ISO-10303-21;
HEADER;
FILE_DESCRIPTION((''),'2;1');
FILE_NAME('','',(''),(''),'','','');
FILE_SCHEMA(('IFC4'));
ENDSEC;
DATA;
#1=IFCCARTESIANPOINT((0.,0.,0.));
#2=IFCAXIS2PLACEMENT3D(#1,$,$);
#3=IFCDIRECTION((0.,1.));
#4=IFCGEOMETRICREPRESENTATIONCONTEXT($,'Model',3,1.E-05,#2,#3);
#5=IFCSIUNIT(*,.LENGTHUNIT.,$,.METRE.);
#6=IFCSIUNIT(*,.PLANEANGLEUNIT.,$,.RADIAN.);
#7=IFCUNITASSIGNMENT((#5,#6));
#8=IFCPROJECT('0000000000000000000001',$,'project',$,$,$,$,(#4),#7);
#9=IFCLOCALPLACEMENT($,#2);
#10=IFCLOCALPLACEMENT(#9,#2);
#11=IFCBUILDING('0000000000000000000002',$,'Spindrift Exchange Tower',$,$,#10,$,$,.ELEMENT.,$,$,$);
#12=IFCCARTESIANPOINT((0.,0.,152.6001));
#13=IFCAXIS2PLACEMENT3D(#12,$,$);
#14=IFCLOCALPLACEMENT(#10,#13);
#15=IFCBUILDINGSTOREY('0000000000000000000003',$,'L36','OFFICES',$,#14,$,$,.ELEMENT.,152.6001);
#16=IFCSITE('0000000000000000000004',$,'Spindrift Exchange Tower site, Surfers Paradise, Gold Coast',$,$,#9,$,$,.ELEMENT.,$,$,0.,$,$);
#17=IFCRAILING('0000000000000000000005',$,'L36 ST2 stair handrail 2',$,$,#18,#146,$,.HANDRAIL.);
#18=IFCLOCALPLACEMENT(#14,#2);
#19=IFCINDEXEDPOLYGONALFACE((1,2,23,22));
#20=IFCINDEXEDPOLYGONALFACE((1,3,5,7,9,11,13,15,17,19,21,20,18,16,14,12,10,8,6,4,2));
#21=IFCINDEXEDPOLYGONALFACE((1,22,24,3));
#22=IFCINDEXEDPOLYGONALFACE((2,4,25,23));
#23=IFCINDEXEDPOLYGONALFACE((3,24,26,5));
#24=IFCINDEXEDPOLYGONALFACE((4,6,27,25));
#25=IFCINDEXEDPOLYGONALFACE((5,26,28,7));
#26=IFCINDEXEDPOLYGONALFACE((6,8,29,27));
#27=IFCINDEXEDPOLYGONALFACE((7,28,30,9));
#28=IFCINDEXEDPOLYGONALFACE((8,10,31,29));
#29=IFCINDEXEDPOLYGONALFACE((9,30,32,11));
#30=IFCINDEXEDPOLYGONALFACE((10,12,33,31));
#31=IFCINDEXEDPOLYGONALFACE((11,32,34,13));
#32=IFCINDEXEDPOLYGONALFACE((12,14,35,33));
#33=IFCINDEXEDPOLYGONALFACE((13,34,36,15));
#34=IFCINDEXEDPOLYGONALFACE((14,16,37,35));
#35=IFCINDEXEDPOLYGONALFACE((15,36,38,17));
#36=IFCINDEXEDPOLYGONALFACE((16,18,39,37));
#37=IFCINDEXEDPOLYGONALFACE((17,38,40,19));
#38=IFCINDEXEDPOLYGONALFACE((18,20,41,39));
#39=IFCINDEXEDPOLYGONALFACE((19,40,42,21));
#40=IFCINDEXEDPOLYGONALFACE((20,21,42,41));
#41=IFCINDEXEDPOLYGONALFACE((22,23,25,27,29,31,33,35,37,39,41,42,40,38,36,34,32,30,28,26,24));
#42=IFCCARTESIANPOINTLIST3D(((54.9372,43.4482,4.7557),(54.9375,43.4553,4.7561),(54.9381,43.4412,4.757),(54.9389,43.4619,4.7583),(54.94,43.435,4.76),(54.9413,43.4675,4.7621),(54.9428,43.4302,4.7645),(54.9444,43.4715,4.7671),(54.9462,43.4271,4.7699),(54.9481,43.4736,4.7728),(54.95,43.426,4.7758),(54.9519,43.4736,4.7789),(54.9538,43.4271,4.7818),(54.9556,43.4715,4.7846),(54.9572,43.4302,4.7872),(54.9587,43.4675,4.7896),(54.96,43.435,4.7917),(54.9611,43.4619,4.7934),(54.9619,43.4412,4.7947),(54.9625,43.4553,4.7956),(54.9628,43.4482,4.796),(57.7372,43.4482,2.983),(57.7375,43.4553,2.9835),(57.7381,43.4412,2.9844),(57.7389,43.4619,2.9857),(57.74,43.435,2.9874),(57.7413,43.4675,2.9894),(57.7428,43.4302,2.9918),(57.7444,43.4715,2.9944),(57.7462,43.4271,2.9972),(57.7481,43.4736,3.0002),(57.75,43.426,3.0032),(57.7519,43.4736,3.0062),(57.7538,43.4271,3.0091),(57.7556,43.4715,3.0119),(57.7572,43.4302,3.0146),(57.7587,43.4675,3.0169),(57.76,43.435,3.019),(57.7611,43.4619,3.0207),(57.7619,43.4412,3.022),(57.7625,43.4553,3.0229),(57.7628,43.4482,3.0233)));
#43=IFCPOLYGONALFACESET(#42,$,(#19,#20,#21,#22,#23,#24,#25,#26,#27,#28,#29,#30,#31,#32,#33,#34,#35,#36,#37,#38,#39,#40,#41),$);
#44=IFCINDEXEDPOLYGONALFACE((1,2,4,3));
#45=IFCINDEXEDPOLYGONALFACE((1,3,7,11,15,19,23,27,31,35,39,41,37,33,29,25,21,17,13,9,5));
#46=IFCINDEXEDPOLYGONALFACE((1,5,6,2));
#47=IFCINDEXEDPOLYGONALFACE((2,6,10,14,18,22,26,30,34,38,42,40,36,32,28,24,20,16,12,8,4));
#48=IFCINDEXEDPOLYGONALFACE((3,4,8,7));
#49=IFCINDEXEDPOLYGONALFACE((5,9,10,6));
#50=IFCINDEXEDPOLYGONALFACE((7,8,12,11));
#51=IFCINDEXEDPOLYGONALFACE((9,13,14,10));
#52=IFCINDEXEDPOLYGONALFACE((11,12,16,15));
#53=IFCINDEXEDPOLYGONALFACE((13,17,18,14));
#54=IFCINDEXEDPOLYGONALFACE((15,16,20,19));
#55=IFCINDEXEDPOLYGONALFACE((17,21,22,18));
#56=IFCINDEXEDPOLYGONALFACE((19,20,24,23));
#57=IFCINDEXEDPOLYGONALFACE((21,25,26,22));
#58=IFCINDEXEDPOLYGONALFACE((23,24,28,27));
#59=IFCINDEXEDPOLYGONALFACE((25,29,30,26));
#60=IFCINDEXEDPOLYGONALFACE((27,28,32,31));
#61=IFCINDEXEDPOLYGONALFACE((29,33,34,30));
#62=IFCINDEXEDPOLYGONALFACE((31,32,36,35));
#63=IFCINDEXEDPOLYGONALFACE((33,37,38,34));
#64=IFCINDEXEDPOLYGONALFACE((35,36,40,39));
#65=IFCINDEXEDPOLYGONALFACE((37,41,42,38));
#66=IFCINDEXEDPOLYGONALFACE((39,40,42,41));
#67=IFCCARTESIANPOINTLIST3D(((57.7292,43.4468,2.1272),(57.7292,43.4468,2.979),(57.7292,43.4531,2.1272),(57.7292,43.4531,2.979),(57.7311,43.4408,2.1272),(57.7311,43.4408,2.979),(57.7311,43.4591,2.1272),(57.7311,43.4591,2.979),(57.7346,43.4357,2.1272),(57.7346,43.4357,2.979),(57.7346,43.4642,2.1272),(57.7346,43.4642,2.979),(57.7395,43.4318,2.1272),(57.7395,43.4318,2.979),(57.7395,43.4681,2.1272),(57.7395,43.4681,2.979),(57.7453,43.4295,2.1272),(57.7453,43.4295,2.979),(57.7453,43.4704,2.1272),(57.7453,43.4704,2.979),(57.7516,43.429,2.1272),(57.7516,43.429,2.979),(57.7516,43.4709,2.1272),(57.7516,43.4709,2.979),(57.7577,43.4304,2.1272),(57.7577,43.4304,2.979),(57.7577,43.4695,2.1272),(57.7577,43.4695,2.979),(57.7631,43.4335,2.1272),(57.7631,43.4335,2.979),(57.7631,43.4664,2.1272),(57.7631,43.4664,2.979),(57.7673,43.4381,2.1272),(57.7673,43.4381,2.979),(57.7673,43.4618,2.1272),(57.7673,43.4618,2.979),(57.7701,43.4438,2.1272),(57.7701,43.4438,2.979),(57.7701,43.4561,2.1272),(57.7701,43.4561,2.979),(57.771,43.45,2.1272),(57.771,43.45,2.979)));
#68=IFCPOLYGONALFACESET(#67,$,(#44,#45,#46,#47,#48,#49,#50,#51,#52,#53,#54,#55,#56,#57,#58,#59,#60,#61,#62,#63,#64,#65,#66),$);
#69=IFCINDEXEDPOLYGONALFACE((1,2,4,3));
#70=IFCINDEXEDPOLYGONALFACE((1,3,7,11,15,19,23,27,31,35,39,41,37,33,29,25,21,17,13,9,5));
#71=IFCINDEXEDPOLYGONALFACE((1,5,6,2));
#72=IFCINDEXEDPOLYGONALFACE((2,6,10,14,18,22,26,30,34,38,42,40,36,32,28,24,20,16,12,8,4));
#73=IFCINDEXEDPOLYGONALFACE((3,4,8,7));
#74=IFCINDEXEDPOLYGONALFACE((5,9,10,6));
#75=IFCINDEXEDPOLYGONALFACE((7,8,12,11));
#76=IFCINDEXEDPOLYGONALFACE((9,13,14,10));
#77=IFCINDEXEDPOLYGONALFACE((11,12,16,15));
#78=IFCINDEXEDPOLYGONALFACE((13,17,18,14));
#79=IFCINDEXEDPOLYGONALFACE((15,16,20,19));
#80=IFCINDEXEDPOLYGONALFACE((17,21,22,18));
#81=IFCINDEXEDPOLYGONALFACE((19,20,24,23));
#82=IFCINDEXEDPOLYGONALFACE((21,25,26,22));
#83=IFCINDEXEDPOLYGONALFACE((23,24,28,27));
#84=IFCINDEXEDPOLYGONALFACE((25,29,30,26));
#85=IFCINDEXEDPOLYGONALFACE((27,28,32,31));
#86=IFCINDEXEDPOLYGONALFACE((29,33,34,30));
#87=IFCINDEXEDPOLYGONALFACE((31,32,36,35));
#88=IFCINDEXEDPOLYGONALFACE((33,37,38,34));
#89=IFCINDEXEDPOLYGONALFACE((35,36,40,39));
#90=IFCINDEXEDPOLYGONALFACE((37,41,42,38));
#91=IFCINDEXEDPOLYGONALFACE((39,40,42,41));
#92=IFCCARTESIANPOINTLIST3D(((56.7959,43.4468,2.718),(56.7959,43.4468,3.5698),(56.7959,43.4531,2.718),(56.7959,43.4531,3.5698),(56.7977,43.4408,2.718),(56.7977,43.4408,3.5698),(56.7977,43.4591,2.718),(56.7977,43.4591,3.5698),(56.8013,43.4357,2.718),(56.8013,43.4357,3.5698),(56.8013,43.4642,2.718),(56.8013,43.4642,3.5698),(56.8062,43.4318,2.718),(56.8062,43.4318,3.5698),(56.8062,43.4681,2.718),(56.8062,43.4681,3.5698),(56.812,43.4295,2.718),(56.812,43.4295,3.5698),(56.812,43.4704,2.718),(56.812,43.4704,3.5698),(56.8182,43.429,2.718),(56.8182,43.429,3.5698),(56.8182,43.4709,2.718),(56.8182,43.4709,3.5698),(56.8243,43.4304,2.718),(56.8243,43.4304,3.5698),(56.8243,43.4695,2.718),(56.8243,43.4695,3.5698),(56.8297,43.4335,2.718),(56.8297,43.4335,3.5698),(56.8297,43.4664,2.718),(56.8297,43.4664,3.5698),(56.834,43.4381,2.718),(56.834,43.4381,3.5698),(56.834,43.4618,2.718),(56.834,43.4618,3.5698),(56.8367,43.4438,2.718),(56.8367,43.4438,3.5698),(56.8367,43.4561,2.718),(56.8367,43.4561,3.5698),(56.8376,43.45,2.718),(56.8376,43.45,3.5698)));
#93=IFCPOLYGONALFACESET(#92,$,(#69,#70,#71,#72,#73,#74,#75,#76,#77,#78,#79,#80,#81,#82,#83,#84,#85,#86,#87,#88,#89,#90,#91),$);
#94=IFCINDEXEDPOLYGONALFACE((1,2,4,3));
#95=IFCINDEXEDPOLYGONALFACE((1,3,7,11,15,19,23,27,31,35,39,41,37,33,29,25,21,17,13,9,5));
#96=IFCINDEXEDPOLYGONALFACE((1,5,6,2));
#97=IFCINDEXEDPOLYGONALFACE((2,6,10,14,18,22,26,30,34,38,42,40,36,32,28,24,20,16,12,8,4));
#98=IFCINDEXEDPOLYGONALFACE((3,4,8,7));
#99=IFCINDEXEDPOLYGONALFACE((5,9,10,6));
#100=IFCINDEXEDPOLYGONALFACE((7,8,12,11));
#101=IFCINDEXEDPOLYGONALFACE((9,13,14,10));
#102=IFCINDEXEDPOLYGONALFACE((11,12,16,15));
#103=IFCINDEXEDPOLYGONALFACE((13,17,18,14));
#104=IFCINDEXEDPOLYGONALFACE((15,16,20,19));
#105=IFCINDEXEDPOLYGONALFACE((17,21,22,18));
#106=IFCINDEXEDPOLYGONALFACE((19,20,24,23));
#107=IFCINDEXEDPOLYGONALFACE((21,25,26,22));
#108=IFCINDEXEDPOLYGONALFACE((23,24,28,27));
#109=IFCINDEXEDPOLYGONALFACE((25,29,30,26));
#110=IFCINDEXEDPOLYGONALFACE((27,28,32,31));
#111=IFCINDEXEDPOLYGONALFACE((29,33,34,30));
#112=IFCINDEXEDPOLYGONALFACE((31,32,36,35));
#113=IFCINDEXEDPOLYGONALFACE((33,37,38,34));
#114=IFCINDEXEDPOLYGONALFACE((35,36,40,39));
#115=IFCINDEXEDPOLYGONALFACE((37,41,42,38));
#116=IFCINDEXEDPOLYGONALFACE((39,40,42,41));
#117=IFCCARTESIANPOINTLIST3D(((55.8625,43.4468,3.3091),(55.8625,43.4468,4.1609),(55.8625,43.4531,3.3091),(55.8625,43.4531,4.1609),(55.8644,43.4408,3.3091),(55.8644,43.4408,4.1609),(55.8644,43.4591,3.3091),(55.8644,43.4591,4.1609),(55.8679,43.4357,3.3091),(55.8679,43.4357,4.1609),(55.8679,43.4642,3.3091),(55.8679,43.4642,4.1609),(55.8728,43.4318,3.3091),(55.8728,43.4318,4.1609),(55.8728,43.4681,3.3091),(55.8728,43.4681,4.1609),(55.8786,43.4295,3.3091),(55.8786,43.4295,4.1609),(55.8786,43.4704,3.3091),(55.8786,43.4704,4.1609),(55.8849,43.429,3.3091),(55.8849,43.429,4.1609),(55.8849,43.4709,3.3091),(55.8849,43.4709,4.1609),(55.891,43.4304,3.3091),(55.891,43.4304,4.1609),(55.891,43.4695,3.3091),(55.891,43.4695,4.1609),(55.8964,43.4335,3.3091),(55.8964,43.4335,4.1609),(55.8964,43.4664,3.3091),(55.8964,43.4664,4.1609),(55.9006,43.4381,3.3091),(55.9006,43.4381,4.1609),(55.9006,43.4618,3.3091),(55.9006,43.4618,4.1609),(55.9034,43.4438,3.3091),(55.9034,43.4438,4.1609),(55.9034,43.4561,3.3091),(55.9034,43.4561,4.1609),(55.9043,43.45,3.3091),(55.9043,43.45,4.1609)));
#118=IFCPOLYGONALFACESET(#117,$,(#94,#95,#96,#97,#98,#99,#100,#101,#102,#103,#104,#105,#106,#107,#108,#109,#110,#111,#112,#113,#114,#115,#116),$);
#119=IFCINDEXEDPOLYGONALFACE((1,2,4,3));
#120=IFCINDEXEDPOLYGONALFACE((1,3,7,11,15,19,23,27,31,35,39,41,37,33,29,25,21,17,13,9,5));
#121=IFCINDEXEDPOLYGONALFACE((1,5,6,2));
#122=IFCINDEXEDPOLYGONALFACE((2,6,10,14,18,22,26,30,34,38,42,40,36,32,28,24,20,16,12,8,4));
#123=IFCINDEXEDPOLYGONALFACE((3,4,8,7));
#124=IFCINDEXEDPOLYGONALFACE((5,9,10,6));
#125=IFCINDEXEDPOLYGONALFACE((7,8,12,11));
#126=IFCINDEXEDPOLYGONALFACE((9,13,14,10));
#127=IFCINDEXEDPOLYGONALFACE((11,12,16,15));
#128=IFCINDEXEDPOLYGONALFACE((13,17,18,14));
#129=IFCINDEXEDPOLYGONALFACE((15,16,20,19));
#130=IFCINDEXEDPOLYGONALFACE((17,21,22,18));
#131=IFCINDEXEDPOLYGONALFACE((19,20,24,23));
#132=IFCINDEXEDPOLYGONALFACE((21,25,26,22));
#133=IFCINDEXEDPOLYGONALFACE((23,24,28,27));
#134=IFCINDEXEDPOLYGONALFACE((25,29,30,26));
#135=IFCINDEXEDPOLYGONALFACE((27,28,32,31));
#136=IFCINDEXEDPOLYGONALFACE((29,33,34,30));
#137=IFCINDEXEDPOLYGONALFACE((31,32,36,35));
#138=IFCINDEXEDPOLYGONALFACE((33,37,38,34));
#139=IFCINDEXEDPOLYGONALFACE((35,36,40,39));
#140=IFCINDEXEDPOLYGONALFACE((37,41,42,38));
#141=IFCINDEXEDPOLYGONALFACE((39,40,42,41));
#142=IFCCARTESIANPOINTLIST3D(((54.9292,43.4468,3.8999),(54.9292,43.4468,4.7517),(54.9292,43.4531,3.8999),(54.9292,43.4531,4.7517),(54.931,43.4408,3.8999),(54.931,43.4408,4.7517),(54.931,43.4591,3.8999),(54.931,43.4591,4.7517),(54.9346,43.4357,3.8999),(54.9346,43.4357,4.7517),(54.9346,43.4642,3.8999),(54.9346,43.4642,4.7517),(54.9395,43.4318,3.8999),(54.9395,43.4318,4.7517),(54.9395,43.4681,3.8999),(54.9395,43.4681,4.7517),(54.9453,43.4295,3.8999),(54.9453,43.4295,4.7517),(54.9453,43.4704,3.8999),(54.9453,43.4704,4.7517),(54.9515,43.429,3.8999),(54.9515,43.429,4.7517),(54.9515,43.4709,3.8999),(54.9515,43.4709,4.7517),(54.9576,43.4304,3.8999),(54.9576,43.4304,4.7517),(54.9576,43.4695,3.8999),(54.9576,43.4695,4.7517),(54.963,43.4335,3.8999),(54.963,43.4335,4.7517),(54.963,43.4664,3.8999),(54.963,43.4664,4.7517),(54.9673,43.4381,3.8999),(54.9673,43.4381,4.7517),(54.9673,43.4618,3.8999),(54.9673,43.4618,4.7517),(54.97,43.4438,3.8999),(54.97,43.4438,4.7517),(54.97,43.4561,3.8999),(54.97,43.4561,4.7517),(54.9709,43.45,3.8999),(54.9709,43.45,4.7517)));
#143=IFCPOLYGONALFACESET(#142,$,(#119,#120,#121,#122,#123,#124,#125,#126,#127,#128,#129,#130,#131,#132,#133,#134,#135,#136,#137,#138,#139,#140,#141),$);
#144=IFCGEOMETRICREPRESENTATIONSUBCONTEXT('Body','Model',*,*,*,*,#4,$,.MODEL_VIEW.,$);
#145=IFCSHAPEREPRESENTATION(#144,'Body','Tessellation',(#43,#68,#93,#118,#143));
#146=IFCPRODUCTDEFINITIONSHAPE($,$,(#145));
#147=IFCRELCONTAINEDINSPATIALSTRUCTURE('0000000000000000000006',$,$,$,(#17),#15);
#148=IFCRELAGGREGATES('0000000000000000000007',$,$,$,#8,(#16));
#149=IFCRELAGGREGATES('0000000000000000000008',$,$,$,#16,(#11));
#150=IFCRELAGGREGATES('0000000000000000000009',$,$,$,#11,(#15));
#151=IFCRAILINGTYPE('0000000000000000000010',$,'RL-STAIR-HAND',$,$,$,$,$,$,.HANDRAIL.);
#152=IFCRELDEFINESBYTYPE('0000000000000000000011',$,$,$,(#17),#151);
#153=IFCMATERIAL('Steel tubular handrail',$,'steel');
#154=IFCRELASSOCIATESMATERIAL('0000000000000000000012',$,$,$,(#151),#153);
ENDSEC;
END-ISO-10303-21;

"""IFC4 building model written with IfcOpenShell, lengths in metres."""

from ifc_helpers import new_model, si_unit, direction, frame, origin, origin_2d, place, context, subcontext, project, spatial, circle, extrude, material, type_object, element, save


model = new_model("IFC4")

# Units and contexts
model_context = context("Model", 3, precision=1e-05, world=origin(), true_north=direction((0.0, 1.0)))
body_context = subcontext(model_context, "Body", "Model", "MODEL_VIEW")
ifc_project = project(units=[si_unit("LENGTHUNIT", "METRE"), si_unit("PLANEANGLEUNIT", "RADIAN")], contexts=[model_context])

# Site, building, storey
site_placement = place(None, origin())
site = spatial("IfcSite", under=ifc_project, at=site_placement, Name="Spindrift Exchange Tower site, Surfers Paradise, Gold Coast", CompositionType="ELEMENT", RefElevation=0.0)
building_placement = place(site_placement, origin())
building = spatial("IfcBuilding", under=site, at=building_placement, Name="Spindrift Exchange Tower", CompositionType="ELEMENT")
storey_placement = place(building_placement, frame((0.0, 0.0, 152.6001)))
storey = spatial("IfcBuildingStorey", under=building, at=storey_placement, Name="L36", Description="OFFICES", CompositionType="ELEMENT", Elevation=152.6001)

# Railing
ifc_material_1 = material(Name="Steel tubular handrail", Category="steel")
railing_type_1 = type_object("IfcRailingType", Name="RL-STAIR-HAND", PredefinedType="HANDRAIL", material=ifc_material_1)
railing_1_placement = place(storey_placement, frame((57.75, 43.45, 2.1272)))
element("IfcRailing", 1, at=railing_1_placement, inside=storey, type_object=railing_type_1, Name="L36 ST2 stair handrail 2", PredefinedType="HANDRAIL", context=body_context, shape_type="SweptSolid", body=[
    extrude(circle(Radius=0.0239, at=origin_2d()), frame((0.0, 0.0, 0.876), z_axis=(-0.844909, 0.0, 0.53491), x_axis=(0.0, -1.0, 0.0)), (0.0, 0.0, 1.0), 3.314),
    extrude(circle(Radius=0.021, at=origin_2d()), origin(), (0.0, 0.0, 1.0), 0.8518),
    extrude(circle(Radius=0.021, at=origin_2d()), frame((-0.9333, 0.0, 0.5908)), (0.0, 0.0, 1.0), 0.8518),
    extrude(circle(Radius=0.021, at=origin_2d()), frame((-1.8667, 0.0, 1.1819)), (0.0, 0.0, 1.0), 0.8518),
    extrude(circle(Radius=0.021, at=origin_2d()), frame((-2.8, 0.0, 1.7727)), (0.0, 0.0, 1.0), 0.8518),
])

save(model, "model.ifc")
